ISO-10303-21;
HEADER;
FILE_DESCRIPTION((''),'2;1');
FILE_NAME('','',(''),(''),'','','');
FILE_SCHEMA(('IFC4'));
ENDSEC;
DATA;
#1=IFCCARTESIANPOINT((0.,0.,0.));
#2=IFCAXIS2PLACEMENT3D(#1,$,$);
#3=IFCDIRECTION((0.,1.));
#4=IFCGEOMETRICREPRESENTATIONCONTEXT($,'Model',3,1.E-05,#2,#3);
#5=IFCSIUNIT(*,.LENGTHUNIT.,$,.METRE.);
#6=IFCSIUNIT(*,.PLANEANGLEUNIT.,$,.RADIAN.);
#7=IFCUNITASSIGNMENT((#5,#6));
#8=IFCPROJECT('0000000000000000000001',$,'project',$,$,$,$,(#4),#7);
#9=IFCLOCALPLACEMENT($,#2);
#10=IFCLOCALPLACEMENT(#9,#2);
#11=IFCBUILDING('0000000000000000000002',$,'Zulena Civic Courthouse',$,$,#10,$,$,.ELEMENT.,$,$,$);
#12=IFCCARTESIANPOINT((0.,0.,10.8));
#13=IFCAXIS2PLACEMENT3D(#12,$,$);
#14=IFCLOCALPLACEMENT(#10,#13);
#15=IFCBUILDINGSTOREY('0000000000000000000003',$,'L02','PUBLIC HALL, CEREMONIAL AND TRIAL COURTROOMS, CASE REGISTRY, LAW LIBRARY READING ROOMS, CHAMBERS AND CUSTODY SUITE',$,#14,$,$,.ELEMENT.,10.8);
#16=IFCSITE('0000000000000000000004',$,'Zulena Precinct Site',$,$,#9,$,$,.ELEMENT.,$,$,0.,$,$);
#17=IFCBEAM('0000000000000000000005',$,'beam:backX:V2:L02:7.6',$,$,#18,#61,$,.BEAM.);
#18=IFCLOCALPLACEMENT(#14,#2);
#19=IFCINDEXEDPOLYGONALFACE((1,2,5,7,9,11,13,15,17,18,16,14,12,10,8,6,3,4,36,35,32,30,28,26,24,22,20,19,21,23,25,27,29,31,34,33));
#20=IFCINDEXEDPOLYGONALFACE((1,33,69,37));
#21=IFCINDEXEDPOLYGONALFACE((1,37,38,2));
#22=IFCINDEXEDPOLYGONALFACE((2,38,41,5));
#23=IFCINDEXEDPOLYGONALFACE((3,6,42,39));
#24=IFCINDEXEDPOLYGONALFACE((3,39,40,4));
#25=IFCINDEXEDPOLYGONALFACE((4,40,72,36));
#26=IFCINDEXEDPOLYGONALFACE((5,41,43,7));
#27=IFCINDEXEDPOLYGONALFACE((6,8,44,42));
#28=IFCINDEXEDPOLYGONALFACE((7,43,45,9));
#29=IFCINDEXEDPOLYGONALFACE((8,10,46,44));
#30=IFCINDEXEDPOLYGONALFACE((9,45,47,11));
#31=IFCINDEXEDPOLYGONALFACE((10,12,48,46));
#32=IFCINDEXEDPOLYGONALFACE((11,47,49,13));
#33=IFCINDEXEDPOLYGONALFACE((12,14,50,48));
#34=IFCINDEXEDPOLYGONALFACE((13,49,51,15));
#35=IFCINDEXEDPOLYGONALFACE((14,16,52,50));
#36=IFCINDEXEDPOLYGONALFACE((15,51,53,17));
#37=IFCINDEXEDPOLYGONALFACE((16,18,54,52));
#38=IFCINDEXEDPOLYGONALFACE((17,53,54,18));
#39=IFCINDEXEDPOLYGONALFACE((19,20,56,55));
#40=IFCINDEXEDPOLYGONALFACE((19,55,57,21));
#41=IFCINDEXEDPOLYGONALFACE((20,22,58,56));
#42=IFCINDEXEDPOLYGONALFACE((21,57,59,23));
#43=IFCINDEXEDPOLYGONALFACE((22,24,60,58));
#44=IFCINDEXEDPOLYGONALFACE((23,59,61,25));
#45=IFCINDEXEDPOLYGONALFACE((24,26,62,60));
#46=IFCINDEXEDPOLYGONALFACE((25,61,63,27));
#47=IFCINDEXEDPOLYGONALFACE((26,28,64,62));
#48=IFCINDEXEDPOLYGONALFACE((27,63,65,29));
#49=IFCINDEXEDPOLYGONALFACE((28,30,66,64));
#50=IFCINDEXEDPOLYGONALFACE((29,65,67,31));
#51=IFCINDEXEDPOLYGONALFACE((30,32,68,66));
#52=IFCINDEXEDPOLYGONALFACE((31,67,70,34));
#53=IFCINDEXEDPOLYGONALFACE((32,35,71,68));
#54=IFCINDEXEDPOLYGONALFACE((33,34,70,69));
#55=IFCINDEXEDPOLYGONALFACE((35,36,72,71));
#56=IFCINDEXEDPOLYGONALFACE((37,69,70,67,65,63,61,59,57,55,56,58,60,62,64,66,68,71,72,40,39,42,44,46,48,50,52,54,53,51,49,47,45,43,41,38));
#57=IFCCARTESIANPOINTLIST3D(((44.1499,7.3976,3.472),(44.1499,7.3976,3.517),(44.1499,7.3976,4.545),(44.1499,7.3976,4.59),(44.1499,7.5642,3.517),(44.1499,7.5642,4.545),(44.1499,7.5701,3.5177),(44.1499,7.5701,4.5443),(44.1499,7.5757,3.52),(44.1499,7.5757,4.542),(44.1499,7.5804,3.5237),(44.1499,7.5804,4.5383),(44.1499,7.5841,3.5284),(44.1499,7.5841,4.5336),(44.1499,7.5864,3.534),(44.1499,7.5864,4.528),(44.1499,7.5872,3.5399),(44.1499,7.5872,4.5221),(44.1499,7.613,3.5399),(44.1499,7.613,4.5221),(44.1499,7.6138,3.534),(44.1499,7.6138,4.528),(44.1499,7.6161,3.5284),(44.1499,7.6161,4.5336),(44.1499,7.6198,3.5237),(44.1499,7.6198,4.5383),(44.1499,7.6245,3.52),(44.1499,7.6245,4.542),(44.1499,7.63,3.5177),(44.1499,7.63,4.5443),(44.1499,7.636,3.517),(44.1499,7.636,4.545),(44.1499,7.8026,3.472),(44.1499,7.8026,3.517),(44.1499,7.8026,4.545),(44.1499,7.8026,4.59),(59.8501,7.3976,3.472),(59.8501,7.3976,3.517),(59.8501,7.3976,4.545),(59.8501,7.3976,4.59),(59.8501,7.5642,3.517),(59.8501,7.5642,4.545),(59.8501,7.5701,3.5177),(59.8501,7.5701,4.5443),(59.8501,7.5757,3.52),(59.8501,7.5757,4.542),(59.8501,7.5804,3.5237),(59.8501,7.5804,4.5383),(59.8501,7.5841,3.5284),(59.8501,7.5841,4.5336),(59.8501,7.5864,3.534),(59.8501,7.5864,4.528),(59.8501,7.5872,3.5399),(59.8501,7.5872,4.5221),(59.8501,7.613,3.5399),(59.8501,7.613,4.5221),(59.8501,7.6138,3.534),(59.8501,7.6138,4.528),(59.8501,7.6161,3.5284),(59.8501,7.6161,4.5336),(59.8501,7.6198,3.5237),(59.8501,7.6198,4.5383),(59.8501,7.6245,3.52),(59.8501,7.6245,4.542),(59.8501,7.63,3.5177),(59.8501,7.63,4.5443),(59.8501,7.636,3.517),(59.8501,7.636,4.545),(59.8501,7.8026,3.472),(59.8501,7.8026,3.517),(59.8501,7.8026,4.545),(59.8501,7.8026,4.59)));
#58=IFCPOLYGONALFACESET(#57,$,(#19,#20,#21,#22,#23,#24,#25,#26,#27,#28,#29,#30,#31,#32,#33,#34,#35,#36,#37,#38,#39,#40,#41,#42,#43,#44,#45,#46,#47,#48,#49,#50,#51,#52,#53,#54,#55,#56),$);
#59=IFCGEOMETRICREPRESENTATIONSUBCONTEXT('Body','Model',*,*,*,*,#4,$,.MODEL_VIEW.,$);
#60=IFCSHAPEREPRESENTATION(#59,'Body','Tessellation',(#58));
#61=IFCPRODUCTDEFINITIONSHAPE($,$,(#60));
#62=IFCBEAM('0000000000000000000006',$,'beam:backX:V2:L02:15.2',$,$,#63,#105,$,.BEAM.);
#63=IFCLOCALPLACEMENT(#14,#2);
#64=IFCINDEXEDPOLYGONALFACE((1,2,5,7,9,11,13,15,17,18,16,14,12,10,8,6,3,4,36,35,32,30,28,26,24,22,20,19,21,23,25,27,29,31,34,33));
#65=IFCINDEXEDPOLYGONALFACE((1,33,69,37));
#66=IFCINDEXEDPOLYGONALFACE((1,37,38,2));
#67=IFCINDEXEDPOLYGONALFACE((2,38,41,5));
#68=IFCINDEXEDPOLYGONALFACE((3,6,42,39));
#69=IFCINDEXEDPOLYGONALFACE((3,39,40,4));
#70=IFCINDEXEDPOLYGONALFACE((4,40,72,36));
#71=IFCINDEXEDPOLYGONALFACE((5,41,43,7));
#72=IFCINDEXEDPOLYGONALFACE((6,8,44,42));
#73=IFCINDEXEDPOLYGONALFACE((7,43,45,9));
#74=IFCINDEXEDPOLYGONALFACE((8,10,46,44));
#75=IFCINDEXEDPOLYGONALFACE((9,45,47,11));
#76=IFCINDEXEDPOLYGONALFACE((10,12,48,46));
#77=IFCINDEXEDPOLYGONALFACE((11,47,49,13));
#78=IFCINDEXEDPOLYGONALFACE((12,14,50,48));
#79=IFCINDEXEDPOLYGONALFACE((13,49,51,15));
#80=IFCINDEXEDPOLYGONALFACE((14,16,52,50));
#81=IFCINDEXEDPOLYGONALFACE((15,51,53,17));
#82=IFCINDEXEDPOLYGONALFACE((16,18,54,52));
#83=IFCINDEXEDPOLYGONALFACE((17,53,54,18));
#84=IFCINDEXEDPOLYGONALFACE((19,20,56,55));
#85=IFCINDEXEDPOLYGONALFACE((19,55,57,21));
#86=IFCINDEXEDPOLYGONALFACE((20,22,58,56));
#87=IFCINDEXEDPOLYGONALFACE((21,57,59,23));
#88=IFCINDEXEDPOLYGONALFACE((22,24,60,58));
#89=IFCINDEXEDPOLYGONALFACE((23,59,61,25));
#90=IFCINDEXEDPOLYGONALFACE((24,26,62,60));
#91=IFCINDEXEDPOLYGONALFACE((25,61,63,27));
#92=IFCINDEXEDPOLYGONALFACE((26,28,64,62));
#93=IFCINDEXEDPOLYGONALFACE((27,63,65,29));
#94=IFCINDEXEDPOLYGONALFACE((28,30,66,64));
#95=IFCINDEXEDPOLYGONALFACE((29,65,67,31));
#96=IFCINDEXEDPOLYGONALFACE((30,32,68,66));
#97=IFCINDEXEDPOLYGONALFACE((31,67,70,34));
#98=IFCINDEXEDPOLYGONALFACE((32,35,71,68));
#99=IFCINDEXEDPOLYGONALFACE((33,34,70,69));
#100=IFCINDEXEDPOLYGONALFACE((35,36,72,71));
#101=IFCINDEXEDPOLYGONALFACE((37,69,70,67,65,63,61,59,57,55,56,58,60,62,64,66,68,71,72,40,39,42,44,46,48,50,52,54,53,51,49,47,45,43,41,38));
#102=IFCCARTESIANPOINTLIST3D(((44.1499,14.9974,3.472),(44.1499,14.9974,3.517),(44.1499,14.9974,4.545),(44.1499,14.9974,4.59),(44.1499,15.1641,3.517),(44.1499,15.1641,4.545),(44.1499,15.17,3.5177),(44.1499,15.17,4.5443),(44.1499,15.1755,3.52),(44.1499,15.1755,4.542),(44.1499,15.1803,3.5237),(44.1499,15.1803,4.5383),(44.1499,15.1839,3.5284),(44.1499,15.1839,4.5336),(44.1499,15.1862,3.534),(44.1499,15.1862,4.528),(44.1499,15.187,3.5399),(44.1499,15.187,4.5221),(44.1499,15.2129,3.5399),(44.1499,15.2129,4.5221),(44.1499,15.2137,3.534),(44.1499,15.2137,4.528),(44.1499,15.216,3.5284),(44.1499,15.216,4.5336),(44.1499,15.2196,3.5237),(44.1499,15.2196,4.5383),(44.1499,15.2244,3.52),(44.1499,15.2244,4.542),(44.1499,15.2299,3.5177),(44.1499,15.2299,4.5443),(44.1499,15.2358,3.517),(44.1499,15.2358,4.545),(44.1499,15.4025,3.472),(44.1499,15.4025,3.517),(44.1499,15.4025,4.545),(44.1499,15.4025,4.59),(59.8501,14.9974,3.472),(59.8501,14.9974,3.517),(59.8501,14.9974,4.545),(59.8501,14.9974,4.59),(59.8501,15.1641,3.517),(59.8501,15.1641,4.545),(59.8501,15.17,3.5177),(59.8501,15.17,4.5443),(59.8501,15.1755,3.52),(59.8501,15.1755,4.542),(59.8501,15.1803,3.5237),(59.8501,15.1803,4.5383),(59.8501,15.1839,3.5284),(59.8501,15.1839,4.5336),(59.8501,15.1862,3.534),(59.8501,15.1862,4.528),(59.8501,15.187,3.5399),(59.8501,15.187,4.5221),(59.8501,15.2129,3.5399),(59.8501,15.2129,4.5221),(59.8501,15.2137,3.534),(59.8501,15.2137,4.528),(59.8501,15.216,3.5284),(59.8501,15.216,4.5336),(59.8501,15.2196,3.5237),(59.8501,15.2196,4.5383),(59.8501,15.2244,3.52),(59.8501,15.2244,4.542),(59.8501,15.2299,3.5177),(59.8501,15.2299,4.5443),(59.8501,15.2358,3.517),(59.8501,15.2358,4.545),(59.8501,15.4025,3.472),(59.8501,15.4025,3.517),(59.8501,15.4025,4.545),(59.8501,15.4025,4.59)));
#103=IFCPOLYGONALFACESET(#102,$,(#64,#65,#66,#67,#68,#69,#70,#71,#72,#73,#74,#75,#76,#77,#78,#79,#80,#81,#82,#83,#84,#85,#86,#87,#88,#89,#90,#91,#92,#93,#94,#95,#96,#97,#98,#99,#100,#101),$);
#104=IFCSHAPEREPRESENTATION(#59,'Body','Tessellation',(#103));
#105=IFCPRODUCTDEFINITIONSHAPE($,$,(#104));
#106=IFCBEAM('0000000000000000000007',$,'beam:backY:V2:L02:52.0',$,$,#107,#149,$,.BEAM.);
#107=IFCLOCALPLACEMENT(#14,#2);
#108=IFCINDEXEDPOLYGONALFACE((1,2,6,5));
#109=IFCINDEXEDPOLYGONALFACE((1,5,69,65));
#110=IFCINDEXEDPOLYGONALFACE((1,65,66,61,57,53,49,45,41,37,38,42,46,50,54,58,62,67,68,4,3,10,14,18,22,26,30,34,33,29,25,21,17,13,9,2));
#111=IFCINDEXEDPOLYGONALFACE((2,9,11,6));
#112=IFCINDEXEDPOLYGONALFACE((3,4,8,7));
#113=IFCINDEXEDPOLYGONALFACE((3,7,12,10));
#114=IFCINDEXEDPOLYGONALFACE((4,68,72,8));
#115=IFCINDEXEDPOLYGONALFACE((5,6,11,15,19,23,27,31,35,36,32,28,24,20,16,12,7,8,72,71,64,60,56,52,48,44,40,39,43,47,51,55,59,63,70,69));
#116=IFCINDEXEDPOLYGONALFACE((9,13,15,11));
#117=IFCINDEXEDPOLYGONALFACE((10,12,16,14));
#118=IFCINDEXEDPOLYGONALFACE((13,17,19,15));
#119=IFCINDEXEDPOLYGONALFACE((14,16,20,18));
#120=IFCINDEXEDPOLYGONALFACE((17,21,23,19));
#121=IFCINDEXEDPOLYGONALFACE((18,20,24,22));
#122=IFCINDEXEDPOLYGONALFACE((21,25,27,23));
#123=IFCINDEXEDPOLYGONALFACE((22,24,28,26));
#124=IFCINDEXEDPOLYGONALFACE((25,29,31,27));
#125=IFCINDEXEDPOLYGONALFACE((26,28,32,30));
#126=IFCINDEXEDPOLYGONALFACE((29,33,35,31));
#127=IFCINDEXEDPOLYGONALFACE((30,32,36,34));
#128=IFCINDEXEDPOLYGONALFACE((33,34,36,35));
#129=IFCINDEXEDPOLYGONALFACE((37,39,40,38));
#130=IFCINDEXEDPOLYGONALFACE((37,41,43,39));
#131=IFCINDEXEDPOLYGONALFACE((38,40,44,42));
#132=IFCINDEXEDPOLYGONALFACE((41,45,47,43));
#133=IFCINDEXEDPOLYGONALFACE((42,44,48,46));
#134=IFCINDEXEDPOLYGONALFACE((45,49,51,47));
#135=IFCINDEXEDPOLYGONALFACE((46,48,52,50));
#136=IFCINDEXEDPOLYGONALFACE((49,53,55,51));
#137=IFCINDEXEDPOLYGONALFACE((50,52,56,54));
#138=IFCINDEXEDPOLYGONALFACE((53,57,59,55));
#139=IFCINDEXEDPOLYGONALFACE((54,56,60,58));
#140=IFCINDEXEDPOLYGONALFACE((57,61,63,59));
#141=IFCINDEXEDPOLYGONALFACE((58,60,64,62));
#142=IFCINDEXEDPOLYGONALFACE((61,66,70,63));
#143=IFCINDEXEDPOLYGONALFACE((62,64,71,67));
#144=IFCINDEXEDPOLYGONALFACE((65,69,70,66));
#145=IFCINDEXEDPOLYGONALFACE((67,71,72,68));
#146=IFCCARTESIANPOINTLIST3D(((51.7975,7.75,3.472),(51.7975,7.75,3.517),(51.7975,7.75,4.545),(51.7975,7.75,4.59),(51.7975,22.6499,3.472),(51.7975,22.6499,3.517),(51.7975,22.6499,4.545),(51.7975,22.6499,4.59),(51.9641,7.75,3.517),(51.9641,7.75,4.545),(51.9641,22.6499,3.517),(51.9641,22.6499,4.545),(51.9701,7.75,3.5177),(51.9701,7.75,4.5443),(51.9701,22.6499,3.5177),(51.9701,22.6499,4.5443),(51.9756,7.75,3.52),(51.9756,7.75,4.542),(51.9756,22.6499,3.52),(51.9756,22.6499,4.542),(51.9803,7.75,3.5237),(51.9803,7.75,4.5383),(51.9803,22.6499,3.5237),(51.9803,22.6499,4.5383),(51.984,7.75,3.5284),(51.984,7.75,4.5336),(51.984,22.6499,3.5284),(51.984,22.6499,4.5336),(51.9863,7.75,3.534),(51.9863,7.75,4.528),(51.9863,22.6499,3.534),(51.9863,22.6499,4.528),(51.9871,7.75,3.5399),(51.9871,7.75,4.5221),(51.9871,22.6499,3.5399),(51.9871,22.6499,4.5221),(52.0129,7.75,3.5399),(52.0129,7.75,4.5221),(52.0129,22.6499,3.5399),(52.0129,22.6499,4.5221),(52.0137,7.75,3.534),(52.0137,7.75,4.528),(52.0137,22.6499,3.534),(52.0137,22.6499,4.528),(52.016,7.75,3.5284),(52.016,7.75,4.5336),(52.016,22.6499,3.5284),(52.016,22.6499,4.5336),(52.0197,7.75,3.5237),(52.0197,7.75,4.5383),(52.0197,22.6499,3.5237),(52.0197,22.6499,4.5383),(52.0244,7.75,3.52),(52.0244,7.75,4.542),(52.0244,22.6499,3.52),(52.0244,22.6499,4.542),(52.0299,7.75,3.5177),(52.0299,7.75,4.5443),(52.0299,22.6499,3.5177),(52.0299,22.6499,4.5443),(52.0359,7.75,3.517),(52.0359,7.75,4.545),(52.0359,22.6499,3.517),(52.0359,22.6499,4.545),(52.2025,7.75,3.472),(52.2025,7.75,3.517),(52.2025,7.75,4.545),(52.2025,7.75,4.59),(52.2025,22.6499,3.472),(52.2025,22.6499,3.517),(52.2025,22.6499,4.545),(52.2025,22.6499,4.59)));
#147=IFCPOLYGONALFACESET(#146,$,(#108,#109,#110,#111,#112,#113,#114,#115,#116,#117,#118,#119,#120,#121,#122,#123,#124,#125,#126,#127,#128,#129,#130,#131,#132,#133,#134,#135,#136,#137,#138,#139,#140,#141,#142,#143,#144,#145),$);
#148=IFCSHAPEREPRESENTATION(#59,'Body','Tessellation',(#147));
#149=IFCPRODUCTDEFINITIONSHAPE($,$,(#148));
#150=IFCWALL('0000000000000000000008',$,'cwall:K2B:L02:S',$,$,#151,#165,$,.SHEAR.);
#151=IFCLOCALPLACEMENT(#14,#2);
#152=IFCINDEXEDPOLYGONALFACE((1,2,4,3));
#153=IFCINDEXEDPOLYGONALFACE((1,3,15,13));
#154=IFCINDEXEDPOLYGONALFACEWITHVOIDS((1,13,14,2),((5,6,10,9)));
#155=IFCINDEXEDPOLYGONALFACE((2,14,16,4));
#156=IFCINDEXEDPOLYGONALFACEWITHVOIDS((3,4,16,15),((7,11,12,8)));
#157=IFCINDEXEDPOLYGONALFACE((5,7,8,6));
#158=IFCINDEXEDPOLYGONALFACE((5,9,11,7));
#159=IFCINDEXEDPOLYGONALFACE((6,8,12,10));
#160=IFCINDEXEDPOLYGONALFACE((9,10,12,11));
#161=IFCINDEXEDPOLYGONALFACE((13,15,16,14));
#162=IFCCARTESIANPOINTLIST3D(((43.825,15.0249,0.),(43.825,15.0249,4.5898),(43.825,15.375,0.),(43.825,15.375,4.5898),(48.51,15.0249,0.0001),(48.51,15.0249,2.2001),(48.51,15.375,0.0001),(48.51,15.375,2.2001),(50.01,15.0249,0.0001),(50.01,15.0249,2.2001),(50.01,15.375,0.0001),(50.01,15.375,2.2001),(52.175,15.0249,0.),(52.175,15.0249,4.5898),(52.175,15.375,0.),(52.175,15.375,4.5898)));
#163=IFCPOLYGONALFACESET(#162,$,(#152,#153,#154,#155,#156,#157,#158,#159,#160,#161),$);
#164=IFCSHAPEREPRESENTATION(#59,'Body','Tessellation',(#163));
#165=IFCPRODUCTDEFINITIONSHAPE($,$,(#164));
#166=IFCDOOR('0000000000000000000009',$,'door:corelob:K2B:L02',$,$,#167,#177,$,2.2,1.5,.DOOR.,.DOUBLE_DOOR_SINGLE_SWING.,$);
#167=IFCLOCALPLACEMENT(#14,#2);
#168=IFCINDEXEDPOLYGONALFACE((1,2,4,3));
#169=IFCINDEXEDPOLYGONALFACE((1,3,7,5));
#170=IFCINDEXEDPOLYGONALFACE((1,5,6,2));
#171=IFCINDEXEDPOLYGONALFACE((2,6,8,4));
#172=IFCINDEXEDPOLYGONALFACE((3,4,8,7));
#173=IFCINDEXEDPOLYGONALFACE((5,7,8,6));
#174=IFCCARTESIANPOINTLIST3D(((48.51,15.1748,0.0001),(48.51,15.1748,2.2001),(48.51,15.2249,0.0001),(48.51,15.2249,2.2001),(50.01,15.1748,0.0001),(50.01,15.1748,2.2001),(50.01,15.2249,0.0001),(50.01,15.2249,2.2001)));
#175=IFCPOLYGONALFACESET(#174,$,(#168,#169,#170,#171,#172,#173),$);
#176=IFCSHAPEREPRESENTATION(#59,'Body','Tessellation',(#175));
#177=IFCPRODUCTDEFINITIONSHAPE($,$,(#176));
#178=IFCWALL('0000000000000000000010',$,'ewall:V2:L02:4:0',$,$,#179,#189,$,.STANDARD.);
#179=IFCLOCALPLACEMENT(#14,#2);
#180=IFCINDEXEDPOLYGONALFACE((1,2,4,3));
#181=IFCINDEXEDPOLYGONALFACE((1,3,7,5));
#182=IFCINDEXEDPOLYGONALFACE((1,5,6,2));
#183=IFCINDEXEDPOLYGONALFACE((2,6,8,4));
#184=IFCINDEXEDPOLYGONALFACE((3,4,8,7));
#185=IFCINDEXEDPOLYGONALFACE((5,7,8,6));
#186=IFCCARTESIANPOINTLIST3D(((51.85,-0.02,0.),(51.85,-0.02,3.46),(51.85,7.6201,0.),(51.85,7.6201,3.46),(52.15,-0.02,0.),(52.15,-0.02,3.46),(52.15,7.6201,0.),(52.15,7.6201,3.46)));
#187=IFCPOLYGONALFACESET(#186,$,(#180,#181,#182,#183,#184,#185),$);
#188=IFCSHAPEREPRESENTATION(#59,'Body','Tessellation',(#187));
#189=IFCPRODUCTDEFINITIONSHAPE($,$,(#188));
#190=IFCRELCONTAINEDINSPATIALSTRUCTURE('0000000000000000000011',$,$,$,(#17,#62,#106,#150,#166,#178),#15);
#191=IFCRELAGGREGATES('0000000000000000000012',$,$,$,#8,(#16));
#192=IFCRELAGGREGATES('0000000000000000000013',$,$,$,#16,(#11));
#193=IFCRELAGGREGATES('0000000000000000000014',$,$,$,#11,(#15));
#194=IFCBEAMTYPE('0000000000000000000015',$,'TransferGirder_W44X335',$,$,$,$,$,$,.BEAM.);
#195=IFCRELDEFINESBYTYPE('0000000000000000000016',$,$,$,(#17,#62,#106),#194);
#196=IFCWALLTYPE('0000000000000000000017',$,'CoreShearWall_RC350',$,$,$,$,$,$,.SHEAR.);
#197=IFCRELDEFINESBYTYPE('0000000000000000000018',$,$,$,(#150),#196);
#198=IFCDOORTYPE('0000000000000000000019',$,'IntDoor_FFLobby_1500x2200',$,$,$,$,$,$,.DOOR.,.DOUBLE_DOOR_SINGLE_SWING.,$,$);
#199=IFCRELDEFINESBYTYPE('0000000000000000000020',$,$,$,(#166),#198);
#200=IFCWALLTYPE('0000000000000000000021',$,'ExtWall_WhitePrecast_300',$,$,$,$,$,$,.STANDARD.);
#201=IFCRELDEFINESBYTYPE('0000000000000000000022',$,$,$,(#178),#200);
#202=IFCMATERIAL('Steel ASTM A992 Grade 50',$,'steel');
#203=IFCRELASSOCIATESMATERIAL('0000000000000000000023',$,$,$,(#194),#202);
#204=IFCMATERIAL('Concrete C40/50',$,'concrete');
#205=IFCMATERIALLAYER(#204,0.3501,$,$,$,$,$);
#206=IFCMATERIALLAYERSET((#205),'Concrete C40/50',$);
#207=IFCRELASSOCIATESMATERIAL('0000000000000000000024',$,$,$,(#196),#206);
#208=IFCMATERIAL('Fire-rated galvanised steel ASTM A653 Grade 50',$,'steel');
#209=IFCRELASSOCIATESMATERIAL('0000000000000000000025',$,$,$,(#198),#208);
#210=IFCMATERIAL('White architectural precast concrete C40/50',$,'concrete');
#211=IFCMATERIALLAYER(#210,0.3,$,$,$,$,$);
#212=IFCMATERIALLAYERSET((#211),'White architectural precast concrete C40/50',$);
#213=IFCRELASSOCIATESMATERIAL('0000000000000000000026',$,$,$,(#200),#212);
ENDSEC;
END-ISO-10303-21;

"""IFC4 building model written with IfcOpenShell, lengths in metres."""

from ifc_helpers import new_model, si_unit, direction, frame, frame_2d, origin, origin_2d, place, context, subcontext, project, spatial, rectangle, i_section, extrude, material, layer, layer_set, material_profile, profile_set, type_object, element, fill, save


model = new_model("IFC4")

# Units and contexts
model_context = context("Model", 3, precision=1e-05, world=origin(), true_north=direction((0.0, 1.0)))
body_context = subcontext(model_context, "Body", "Model", "MODEL_VIEW")
ifc_project = project(units=[si_unit("LENGTHUNIT", "METRE"), si_unit("PLANEANGLEUNIT", "RADIAN")], contexts=[model_context])

# Site, building, storey
site_placement = place(None, origin())
site = spatial("IfcSite", under=ifc_project, at=site_placement, Name="Zulena Precinct Site", CompositionType="ELEMENT", RefElevation=0.0)
building_placement = place(site_placement, origin())
building = spatial("IfcBuilding", under=site, at=building_placement, Name="Zulena Civic Courthouse", CompositionType="ELEMENT")
storey_placement = place(building_placement, frame((0.0, 0.0, 10.8)))
storey = spatial("IfcBuildingStorey", under=building, at=storey_placement, Name="L02", Description="PUBLIC HALL, CEREMONIAL AND TRIAL COURTROOMS, CASE REGISTRY, LAW LIBRARY READING ROOMS, CHAMBERS AND CUSTODY SUITE", CompositionType="ELEMENT", Elevation=10.8)

# Shared definitions
ifc_material_1 = material(Name="Steel ASTM A992 Grade 50", Category="steel")

# Beams
ifc_material_profile_1 = material_profile(ifc_material_1, i_section(OverallWidth=0.405, OverallDepth=1.1179, WebThickness=0.0259, FlangeThickness=0.0449, FilletRadius=0.0229, at=origin_2d()), Name="W44X335")
ifc_profile_set_1 = profile_set([ifc_material_profile_1], Name="Steel ASTM A992 Grade 50")
beam_type_1 = type_object("IfcBeamType", Name="TransferGirder_W44X335", PredefinedType="BEAM", material=ifc_profile_set_1)
for number, where, z_axis, x_axis, name in (
    (1, (44.1499, 7.6001, 4.031), (1.0, 0.0, 0.0), (0.0, 1.0, 0.0), "beam:backX:V2:L02:7.6"),
    (2, (44.1499, 15.2, 4.031), (1.0, 0.0, 0.0), (0.0, 1.0, 0.0), "beam:backX:V2:L02:15.2"),
):
    element("IfcBeam", number, at=place(storey_placement, frame(where, z_axis=z_axis, x_axis=x_axis)), inside=storey, type_object=beam_type_1, Name=name, PredefinedType="BEAM", context=body_context, shape_type="SweptSolid", body=[
        extrude(i_section(OverallWidth=0.405, OverallDepth=1.1179, WebThickness=0.0259, FlangeThickness=0.0449, FilletRadius=0.0229, at=origin_2d()), origin(), (0.0, 0.0, 1.0), 15.7002),
    ])
beam_1_placement = place(storey_placement, frame((52.0, 7.75, 4.031), z_axis=(0.0, 1.0, 0.0), x_axis=(-1.0, 0.0, 0.0)))
element("IfcBeam", 3, at=beam_1_placement, inside=storey, type_object=beam_type_1, Name="beam:backY:V2:L02:52.0", PredefinedType="BEAM", context=body_context, shape_type="SweptSolid", body=[
    extrude(i_section(OverallWidth=0.405, OverallDepth=1.1179, WebThickness=0.0259, FlangeThickness=0.0449, FilletRadius=0.0229, at=origin_2d()), origin(), (0.0, 0.0, 1.0), 14.8999),
])

# Wall, opening, door
ifc_material_2 = material(Name="Concrete C40/50", Category="concrete")
ifc_layer_1 = layer(ifc_material_2, 0.3501)
ifc_layer_set_1 = layer_set([ifc_layer_1], Name="Concrete C40/50")
wall_type_1 = type_object("IfcWallType", Name="CoreShearWall_RC350", PredefinedType="SHEAR", material=ifc_layer_set_1)
wall_1_placement = place(storey_placement, frame((43.825, 15.2, 0.0), z_axis=(0.0, 0.0, 1.0), x_axis=(1.0, 0.0, 0.0)))
wall_1 = element("IfcWall", 4, at=wall_1_placement, inside=storey, type_object=wall_type_1, Name="cwall:K2B:L02:S", PredefinedType="SHEAR", context=body_context, shape_type="SweptSolid", body=[
    extrude(rectangle(XDim=8.3501, YDim=0.3501, at=frame_2d((4.175, 0.0))), origin(), (0.0, 0.0, 1.0), 4.5898),
])
opening_1_placement = place(wall_1_placement, frame((4.6851, 0.0, 0.0)))
opening_1 = element("IfcOpeningElement", 5, at=opening_1_placement, cuts=wall_1, PredefinedType="OPENING", context=body_context, shape_type="SweptSolid", body=[
    extrude(rectangle(XDim=1.5, YDim=2.2, at=frame_2d((0.75, 1.1001))), frame((0.0, 0.1851, 0.0), z_axis=(0.0, -1.0, 0.0), x_axis=(1.0, 0.0, 0.0)), (0.0, 0.0, 1.0), 0.3701),
])
ifc_material_3 = material(Name="Fire-rated galvanised steel ASTM A653 Grade 50", Category="steel")
door_type_1 = type_object("IfcDoorType", Name="IntDoor_FFLobby_1500x2200", OperationType="DOUBLE_DOOR_SINGLE_SWING", PredefinedType="DOOR", material=ifc_material_3)
door_1_placement = place(opening_1_placement, origin())
door_1 = element("IfcDoor", 6, at=door_1_placement, inside=storey, type_object=door_type_1, Name="door:corelob:K2B:L02", OperationType="DOUBLE_DOOR_SINGLE_SWING", OverallHeight=2.2, OverallWidth=1.5, PredefinedType="DOOR", context=body_context, shape_type="SweptSolid", body=[
    extrude(rectangle(XDim=1.5, YDim=2.2, at=frame_2d((0.75, 1.1001))), frame((0.0, 0.0249, 0.0), z_axis=(0.0, -1.0, 0.0), x_axis=(1.0, 0.0, 0.0)), (0.0, 0.0, 1.0), 0.05),
])
fill(opening_1, door_1)

# Wall
ifc_material_4 = material(Name="White architectural precast concrete C40/50", Category="concrete")
ifc_layer_2 = layer(ifc_material_4, 0.3)
ifc_layer_set_2 = layer_set([ifc_layer_2], Name="White architectural precast concrete C40/50")
wall_type_2 = type_object("IfcWallType", Name="ExtWall_WhitePrecast_300", PredefinedType="STANDARD", material=ifc_layer_set_2)
wall_2_placement = place(storey_placement, frame((52.0, 7.6201, 0.0), z_axis=(0.0, 0.0, 1.0), x_axis=(0.0, -1.0, 0.0)))
element("IfcWall", 7, at=wall_2_placement, inside=storey, type_object=wall_type_2, Name="ewall:V2:L02:4:0", PredefinedType="STANDARD", context=body_context, shape_type="SweptSolid", body=[
    extrude(rectangle(XDim=7.6401, YDim=0.3, at=frame_2d((3.8201, 0.0))), origin(), (0.0, 0.0, 1.0), 3.46),
])

save(model, "model.ifc")
